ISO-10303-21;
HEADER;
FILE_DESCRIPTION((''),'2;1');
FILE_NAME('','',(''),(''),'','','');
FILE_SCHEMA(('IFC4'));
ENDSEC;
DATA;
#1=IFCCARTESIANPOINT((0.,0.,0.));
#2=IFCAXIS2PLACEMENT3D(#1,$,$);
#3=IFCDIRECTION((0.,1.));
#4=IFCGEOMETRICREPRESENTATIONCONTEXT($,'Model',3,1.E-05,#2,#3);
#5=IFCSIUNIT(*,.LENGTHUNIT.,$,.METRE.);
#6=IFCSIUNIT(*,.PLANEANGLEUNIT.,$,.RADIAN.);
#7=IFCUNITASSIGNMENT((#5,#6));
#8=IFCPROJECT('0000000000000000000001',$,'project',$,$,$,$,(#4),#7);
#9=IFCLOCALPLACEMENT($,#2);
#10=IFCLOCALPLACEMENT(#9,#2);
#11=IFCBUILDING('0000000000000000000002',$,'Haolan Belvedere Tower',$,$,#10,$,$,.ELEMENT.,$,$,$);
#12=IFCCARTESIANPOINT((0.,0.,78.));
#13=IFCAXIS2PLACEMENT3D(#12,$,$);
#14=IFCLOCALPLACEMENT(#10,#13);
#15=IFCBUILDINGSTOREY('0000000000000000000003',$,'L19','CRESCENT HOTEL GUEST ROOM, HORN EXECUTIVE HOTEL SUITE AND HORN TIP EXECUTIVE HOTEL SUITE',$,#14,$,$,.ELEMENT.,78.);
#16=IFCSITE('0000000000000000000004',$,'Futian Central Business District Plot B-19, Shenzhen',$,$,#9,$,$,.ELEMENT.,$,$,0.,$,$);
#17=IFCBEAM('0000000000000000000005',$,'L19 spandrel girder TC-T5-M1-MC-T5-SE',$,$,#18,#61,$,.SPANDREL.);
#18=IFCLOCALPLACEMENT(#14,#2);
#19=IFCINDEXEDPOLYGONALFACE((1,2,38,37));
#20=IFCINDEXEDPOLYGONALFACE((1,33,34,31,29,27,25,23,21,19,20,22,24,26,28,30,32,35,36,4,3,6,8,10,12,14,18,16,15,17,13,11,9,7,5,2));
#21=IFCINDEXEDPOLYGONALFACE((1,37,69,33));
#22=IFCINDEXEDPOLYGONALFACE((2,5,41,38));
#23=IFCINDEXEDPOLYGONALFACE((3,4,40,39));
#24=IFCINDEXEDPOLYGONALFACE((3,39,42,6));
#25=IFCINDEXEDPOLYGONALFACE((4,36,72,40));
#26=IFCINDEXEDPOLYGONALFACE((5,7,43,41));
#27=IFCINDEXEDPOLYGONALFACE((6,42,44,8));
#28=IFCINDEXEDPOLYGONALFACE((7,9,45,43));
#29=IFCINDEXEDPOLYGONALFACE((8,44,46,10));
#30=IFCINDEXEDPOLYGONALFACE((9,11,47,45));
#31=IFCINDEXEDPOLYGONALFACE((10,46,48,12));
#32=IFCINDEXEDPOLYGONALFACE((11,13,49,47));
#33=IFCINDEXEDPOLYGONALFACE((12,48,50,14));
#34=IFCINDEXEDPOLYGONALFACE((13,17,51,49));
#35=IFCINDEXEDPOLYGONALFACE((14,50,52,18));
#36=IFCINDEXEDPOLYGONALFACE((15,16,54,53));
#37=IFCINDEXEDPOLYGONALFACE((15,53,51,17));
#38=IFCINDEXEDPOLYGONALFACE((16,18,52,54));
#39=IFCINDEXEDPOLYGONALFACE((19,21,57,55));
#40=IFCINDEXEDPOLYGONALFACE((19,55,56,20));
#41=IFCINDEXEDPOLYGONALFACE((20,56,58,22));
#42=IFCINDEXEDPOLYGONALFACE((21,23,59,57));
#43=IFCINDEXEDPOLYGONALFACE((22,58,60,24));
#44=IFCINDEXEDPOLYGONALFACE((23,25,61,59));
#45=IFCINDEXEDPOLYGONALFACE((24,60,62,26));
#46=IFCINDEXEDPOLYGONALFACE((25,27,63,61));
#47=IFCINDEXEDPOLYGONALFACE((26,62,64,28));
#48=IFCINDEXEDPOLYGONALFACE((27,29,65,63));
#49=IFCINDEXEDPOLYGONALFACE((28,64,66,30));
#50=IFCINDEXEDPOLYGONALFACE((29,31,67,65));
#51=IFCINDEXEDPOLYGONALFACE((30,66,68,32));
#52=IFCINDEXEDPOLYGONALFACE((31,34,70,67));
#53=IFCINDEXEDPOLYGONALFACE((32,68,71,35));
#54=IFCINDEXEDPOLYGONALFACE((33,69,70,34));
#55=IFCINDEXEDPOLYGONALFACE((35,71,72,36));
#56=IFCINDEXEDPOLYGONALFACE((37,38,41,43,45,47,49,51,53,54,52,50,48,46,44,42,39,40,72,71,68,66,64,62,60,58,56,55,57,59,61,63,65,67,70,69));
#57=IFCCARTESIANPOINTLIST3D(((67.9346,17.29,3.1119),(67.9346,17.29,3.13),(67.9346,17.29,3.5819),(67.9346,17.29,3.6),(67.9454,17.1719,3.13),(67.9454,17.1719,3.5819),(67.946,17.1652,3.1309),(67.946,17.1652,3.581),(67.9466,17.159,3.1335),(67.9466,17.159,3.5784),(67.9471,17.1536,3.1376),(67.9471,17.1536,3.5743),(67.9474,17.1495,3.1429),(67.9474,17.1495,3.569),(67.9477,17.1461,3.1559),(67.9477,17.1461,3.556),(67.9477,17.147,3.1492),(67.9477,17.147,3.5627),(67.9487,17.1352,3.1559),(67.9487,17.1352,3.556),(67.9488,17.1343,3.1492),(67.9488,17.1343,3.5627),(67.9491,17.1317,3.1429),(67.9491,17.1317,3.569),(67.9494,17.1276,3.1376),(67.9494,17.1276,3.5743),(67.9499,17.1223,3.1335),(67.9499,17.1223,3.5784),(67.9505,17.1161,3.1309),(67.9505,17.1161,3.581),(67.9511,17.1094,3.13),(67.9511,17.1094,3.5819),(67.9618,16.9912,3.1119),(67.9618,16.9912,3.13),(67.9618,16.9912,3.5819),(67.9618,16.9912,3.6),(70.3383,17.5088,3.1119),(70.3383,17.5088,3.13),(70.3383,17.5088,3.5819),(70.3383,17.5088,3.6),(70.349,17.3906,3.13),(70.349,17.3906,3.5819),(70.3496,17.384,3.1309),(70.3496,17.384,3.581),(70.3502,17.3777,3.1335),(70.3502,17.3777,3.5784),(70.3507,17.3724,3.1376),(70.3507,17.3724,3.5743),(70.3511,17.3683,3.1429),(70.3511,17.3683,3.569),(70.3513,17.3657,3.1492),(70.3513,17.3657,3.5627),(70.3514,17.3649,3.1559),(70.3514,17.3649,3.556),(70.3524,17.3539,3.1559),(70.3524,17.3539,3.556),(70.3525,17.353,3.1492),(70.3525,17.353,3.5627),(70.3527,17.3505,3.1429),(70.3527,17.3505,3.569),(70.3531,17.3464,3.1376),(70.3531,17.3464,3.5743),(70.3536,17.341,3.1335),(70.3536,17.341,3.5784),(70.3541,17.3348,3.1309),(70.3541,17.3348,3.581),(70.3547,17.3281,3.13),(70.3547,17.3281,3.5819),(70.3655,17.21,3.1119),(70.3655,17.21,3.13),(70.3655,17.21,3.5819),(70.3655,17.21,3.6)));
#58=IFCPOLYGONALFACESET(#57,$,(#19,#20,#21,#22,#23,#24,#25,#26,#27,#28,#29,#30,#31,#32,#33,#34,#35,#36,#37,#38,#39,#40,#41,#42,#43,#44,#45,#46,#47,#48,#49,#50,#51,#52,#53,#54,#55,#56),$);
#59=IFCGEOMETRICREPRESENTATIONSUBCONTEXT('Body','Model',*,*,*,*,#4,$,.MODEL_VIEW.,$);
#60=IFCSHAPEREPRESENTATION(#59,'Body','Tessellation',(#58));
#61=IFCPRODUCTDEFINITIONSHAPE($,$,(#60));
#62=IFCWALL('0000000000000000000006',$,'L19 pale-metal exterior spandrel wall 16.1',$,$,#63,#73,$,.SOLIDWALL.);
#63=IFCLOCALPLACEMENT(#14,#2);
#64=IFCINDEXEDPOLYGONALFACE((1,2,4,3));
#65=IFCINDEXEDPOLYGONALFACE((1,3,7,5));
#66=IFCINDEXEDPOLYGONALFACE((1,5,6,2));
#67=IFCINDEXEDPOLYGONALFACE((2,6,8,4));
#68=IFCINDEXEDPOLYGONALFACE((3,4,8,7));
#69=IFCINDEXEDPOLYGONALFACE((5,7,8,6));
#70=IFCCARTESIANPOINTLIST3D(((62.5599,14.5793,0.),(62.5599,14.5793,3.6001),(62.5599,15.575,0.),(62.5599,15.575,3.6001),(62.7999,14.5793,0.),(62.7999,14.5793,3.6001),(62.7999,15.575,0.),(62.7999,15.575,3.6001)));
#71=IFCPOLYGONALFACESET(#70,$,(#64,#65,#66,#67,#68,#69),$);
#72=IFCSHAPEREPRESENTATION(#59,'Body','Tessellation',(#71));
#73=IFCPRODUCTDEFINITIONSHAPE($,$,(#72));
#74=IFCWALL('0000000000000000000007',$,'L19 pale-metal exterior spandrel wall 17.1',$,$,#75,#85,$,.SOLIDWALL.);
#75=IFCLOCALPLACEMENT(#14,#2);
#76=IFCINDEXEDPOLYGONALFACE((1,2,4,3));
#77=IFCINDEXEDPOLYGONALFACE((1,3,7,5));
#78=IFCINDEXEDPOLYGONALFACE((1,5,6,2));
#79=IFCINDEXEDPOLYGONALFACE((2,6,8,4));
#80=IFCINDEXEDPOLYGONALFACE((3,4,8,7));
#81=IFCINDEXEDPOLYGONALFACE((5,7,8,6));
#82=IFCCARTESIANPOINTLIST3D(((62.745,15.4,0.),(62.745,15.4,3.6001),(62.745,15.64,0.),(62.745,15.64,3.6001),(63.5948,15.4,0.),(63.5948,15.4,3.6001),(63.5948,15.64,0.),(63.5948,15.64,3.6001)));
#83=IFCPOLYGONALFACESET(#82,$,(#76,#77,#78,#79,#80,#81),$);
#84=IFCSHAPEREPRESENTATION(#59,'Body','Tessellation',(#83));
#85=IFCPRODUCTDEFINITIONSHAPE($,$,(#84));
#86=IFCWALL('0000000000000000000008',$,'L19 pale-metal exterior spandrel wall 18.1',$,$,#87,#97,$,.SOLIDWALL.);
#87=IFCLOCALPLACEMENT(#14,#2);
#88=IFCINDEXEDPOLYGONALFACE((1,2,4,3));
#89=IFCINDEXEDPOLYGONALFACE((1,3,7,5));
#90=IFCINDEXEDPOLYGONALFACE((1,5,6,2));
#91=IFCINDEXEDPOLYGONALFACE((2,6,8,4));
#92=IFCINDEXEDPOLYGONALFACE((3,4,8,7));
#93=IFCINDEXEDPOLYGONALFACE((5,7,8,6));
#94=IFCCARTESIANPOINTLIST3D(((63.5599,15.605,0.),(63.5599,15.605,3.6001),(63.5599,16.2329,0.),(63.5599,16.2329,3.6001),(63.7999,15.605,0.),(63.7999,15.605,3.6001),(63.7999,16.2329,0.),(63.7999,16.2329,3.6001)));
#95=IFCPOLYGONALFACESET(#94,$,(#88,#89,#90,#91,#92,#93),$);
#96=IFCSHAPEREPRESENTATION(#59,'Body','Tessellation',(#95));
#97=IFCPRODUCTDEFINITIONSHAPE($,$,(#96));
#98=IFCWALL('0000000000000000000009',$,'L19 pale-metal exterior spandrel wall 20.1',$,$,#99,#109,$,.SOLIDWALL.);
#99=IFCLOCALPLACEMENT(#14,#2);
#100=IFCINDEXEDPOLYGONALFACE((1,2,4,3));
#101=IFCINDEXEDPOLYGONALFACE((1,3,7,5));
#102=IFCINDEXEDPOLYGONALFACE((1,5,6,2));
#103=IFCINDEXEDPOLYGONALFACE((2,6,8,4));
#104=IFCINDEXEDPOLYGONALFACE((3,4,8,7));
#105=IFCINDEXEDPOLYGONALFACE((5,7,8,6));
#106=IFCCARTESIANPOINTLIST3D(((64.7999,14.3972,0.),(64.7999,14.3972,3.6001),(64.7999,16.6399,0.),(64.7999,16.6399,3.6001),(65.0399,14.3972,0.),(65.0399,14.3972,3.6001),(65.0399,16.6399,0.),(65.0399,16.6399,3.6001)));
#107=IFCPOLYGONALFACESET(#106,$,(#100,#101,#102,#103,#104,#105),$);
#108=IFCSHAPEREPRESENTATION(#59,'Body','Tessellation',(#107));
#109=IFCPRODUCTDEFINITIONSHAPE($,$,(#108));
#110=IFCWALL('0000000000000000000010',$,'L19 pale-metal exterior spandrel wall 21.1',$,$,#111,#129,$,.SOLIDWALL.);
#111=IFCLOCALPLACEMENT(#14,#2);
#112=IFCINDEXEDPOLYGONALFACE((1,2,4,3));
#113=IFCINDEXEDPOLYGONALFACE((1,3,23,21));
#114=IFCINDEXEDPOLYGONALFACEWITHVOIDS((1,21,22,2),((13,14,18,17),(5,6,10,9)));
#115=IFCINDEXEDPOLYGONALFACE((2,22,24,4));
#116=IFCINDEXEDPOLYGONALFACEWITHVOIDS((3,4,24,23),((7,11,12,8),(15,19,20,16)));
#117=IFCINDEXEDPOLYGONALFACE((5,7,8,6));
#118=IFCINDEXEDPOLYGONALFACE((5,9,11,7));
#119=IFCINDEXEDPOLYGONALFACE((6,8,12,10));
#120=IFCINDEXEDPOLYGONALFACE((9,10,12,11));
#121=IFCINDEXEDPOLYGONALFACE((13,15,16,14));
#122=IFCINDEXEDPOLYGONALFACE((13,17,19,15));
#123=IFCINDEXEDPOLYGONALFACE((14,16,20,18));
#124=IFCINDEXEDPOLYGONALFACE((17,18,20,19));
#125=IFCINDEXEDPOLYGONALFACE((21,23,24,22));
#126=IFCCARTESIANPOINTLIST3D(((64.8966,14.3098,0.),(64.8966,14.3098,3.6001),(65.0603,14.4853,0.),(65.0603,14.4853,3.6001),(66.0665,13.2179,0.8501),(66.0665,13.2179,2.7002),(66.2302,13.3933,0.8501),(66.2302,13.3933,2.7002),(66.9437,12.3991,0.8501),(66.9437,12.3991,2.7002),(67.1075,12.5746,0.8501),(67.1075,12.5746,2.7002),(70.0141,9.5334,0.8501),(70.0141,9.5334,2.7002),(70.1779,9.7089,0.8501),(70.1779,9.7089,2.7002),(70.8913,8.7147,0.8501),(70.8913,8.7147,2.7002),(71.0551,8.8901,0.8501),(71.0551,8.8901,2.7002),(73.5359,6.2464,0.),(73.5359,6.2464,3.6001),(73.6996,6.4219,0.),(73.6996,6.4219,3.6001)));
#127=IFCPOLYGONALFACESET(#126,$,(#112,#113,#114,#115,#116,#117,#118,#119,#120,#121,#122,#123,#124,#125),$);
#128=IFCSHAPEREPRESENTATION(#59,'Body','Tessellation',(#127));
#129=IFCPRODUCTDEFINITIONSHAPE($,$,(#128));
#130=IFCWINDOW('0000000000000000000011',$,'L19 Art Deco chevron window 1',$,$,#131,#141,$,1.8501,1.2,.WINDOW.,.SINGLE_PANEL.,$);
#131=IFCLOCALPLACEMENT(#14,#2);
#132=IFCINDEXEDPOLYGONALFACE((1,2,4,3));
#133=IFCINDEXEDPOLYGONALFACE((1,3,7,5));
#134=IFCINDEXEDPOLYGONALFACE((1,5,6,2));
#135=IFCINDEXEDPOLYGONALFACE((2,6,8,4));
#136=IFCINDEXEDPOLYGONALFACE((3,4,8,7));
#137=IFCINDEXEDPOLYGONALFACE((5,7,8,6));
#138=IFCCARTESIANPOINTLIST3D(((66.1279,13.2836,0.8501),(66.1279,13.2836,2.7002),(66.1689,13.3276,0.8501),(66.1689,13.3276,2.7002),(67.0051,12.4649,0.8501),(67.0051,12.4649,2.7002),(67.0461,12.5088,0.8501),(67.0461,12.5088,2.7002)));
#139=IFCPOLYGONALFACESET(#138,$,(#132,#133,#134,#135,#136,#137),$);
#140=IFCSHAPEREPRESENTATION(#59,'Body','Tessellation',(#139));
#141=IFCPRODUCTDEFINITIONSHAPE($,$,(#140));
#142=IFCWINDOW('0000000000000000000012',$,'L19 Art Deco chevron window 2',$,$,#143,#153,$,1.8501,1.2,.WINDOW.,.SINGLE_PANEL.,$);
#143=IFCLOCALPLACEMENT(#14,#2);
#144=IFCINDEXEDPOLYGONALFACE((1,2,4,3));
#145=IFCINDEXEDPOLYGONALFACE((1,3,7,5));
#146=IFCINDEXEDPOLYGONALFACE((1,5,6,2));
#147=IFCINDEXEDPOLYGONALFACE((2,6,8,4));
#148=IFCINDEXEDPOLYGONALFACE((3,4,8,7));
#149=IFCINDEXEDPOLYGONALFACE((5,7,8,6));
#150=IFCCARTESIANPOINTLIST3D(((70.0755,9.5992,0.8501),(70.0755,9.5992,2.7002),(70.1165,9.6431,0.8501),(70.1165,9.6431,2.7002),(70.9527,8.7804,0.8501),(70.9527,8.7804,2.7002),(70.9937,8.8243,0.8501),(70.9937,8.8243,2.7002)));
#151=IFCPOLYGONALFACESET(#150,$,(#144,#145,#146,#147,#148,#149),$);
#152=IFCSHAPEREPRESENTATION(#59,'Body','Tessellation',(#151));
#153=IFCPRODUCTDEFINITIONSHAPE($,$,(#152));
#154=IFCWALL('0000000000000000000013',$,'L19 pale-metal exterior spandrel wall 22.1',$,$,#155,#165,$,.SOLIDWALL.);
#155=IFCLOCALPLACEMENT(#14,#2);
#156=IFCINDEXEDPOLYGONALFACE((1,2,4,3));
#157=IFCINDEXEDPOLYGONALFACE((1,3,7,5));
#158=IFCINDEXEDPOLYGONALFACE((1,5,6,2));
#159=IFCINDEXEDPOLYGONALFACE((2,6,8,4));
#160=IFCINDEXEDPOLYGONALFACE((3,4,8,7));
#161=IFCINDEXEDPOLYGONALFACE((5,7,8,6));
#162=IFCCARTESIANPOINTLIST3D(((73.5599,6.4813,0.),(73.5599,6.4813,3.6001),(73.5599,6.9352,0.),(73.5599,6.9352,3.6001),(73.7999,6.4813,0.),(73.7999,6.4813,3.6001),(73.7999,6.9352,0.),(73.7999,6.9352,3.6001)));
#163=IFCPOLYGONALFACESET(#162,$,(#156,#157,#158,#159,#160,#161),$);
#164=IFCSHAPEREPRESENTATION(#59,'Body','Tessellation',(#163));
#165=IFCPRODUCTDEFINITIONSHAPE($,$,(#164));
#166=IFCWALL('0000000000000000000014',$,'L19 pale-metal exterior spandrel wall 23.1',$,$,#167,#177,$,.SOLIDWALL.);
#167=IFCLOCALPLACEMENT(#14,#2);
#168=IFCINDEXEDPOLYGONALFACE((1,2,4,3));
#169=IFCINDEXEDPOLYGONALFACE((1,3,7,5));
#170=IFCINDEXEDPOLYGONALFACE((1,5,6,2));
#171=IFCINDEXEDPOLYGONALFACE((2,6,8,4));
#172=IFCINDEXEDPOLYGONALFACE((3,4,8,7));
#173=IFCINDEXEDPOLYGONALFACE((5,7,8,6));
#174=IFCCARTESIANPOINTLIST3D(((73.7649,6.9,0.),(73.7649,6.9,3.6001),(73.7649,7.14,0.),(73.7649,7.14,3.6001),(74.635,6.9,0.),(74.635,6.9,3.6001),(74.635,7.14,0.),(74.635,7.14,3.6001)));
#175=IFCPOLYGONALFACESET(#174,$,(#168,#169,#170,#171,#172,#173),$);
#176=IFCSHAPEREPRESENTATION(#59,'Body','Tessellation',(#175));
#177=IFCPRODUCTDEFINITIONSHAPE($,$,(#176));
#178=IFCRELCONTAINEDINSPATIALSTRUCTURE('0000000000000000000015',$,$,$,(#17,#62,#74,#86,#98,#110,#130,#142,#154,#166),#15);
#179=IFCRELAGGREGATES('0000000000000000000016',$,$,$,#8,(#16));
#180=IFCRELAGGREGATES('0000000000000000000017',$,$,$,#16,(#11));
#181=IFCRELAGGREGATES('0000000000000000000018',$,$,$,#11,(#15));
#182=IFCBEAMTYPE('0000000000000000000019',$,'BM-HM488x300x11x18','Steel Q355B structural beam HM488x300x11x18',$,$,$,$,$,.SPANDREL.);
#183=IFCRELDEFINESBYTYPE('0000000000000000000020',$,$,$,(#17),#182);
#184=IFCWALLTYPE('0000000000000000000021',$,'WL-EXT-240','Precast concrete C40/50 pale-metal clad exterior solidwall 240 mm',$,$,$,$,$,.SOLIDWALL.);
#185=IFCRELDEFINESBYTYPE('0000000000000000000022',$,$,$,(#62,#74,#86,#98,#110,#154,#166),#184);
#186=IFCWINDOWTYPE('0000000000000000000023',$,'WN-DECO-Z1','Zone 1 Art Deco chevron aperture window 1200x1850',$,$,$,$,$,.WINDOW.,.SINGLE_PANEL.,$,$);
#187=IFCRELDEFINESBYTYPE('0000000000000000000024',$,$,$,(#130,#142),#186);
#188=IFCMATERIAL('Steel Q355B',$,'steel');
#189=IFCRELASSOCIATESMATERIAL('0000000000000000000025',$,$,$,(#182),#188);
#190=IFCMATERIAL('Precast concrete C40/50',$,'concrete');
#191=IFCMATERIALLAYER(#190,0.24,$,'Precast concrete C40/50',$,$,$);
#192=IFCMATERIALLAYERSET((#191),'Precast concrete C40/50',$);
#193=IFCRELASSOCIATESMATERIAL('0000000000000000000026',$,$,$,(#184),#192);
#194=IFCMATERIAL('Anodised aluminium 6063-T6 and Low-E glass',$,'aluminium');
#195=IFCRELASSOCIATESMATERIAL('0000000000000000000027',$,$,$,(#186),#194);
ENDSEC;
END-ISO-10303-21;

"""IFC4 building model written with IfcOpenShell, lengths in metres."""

from ifc_helpers import new_model, si_unit, direction, frame, frame_2d, origin, origin_2d, place, context, subcontext, project, spatial, rectangle, i_section, extrude, material, layer, layer_set, material_profile, profile_set, type_object, element, fill, save


model = new_model("IFC4")

# Units and contexts
model_context = context("Model", 3, precision=1e-05, world=origin(), true_north=direction((0.0, 1.0)))
body_context = subcontext(model_context, "Body", "Model", "MODEL_VIEW")
ifc_project = project(units=[si_unit("LENGTHUNIT", "METRE"), si_unit("PLANEANGLEUNIT", "RADIAN")], contexts=[model_context])

# Site, building, storey
site_placement = place(None, origin())
site = spatial("IfcSite", under=ifc_project, at=site_placement, Name="Futian Central Business District Plot B-19, Shenzhen", CompositionType="ELEMENT", RefElevation=0.0)
building_placement = place(site_placement, origin())
building = spatial("IfcBuilding", under=site, at=building_placement, Name="Haolan Belvedere Tower", CompositionType="ELEMENT")
storey_placement = place(building_placement, frame((0.0, 0.0, 78.0)))
storey = spatial("IfcBuildingStorey", under=building, at=storey_placement, Name="L19", Description="CRESCENT HOTEL GUEST ROOM, HORN EXECUTIVE HOTEL SUITE AND HORN TIP EXECUTIVE HOTEL SUITE", CompositionType="ELEMENT", Elevation=78.0)

# Shared definitions
ifc_material_1 = material(Name="Steel Q355B", Category="steel")

# Beam
ifc_material_profile_1 = material_profile(ifc_material_1, i_section(OverallWidth=0.3, OverallDepth=0.488, WebThickness=0.011, FlangeThickness=0.0181, FilletRadius=0.0259, at=origin_2d()), Name="Steel Q355B")
ifc_profile_set_1 = profile_set([ifc_material_profile_1], Name="Steel Q355B")
beam_type = type_object("IfcBeamType", Name="BM-HM488x300x11x18", Description="Steel Q355B structural beam HM488x300x11x18", PredefinedType="SPANDREL", material=ifc_profile_set_1)
for number, where, z_axis, x_axis, name in (
    (1, (67.9482, 17.1406, 3.356), (0.995884, 0.090636, 0.0), (-0.090636, 0.995884, 0.0), "L19 spandrel girder TC-T5-M1-MC-T5-SE"),
):
    element("IfcBeam", number, at=place(storey_placement, frame(where, z_axis=z_axis, x_axis=x_axis)), inside=storey, type_object=beam_type, Name=name, PredefinedType="SPANDREL", context=body_context, shape_type="SweptSolid", body=[
        extrude(i_section(OverallWidth=0.3, OverallDepth=0.488, WebThickness=0.011, FlangeThickness=0.0181, FilletRadius=0.0259, at=origin_2d()), origin(), (0.0, 0.0, 1.0), 2.4136),
    ])

# Walls
ifc_material_2 = material(Name="Precast concrete C40/50", Category="concrete")
ifc_layer_1 = layer(ifc_material_2, 0.24, Name="Precast concrete C40/50")
ifc_layer_set_1 = layer_set([ifc_layer_1], Name="Precast concrete C40/50")
wall_type_1 = type_object("IfcWallType", Name="WL-EXT-240", Description="Precast concrete C40/50 pale-metal clad exterior solidwall 240 mm", PredefinedType="SOLIDWALL", material=ifc_layer_set_1)
wall_1_placement = place(storey_placement, frame((62.6799, 14.5793, 0.0), z_axis=(0.0, 0.0, 1.0), x_axis=(0.0, 1.0, 0.0)))
element("IfcWall", 2, at=wall_1_placement, inside=storey, type_object=wall_type_1, Name="L19 pale-metal exterior spandrel wall 16.1", PredefinedType="SOLIDWALL", context=body_context, shape_type="SweptSolid", body=[
    extrude(rectangle(XDim=0.9956, YDim=0.24, at=frame_2d((0.4978, 0.0))), origin(), (0.0, 0.0, 1.0), 3.6001),
])
wall_2_placement = place(storey_placement, frame((62.7451, 15.52, 0.0), z_axis=(0.0, 0.0, 1.0), x_axis=(1.0, 0.0, 0.0)))
element("IfcWall", 3, at=wall_2_placement, inside=storey, type_object=wall_type_1, Name="L19 pale-metal exterior spandrel wall 17.1", PredefinedType="SOLIDWALL", context=body_context, shape_type="SweptSolid", body=[
    extrude(rectangle(XDim=0.8499, YDim=0.24, at=frame_2d((0.4248, 0.0))), origin(), (0.0, 0.0, 1.0), 3.6001),
])
wall_3_placement = place(storey_placement, frame((63.6799, 15.605, 0.0), z_axis=(0.0, 0.0, 1.0), x_axis=(0.0, 1.0, 0.0)))
element("IfcWall", 4, at=wall_3_placement, inside=storey, type_object=wall_type_1, Name="L19 pale-metal exterior spandrel wall 18.1", PredefinedType="SOLIDWALL", context=body_context, shape_type="SweptSolid", body=[
    extrude(rectangle(XDim=0.6279, YDim=0.24, at=frame_2d((0.314, 0.0))), origin(), (0.0, 0.0, 1.0), 3.6001),
])
wall_4_placement = place(storey_placement, frame((64.9199, 16.6399, 0.0), z_axis=(0.0, 0.0, 1.0), x_axis=(0.0, -1.0, 0.0)))
element("IfcWall", 5, at=wall_4_placement, inside=storey, type_object=wall_type_1, Name="L19 pale-metal exterior spandrel wall 20.1", PredefinedType="SOLIDWALL", context=body_context, shape_type="SweptSolid", body=[
    extrude(rectangle(XDim=2.2427, YDim=0.24, at=frame_2d((1.1213, 0.0))), origin(), (0.0, 0.0, 1.0), 3.6001),
])

# Wall, openings, windows
wall_5_placement = place(storey_placement, frame((64.9785, 14.3975, 0.0), z_axis=(0.0, 0.0, 1.0), x_axis=(0.731054, -0.68232, 0.0)))
wall_5 = element("IfcWall", 6, at=wall_5_placement, inside=storey, type_object=wall_type_1, Name="L19 pale-metal exterior spandrel wall 21.1", PredefinedType="SOLIDWALL", context=body_context, shape_type="SweptSolid", body=[
    extrude(rectangle(XDim=11.8176, YDim=0.24, at=frame_2d((5.9087, 0.0))), origin(), (0.0, 0.0, 1.0), 3.6001),
])
opening_1_placement = place(wall_5_placement, frame((1.6001, 0.0, 0.8501)))
opening_1 = element("IfcOpeningElement", 7, at=opening_1_placement, cuts=wall_5, PredefinedType="OPENING", context=body_context, shape_type="SweptSolid", body=[
    extrude(rectangle(XDim=1.2, YDim=1.8501, at=frame_2d((0.6001, 0.925))), frame((0.0, 0.1299, 0.0), z_axis=(0.0, -1.0, 0.0), x_axis=(1.0, 0.0, 0.0)), (0.0, 0.0, 1.0), 0.26),
])
opening_2_placement = place(wall_5_placement, frame((7.0, 0.0, 0.8501)))
opening_2 = element("IfcOpeningElement", 8, at=opening_2_placement, cuts=wall_5, PredefinedType="OPENING", context=body_context, shape_type="SweptSolid", body=[
    extrude(rectangle(XDim=1.2, YDim=1.8501, at=frame_2d((0.6001, 0.925))), frame((0.0, 0.1299, 0.0), z_axis=(0.0, -1.0, 0.0), x_axis=(1.0, 0.0, 0.0)), (0.0, 0.0, 1.0), 0.26),
])
ifc_material_3 = material(Name="Anodised aluminium 6063-T6 and Low-E glass", Category="aluminium")
window_type = type_object("IfcWindowType", Name="WN-DECO-Z1", Description="Zone 1 Art Deco chevron aperture window 1200x1850", PartitioningType="SINGLE_PANEL", PredefinedType="WINDOW", material=ifc_material_3)
window_1_placement = place(opening_1_placement, origin())
window_1 = element("IfcWindow", 9, at=window_1_placement, inside=storey, type_object=window_type, Name="L19 Art Deco chevron window 1", OverallHeight=1.8501, OverallWidth=1.2, PartitioningType="SINGLE_PANEL", PredefinedType="WINDOW", context=body_context, shape_type="SweptSolid", body=[
    extrude(rectangle(XDim=1.2, YDim=1.8501, at=frame_2d((0.6001, 0.925))), frame((0.0, 0.03, 0.0), z_axis=(0.0, -1.0, 0.0), x_axis=(1.0, 0.0, 0.0)), (0.0, 0.0, 1.0), 0.0601),
])
fill(opening_1, window_1)
window_2_placement = place(opening_2_placement, origin())
window_2 = element("IfcWindow", 10, at=window_2_placement, inside=storey, type_object=window_type, Name="L19 Art Deco chevron window 2", OverallHeight=1.8501, OverallWidth=1.2, PartitioningType="SINGLE_PANEL", PredefinedType="WINDOW", context=body_context, shape_type="SweptSolid", body=[
    extrude(rectangle(XDim=1.2, YDim=1.8501, at=frame_2d((0.6001, 0.925))), frame((0.0, 0.03, 0.0), z_axis=(0.0, -1.0, 0.0), x_axis=(1.0, 0.0, 0.0)), (0.0, 0.0, 1.0), 0.0601),
])
fill(opening_2, window_2)

# Walls
wall_6_placement = place(storey_placement, frame((73.6799, 6.4812, 0.0), z_axis=(0.0, 0.0, 1.0), x_axis=(0.0, 1.0, 0.0)))
element("IfcWall", 11, at=wall_6_placement, inside=storey, type_object=wall_type_1, Name="L19 pale-metal exterior spandrel wall 22.1", PredefinedType="SOLIDWALL", context=body_context, shape_type="SweptSolid", body=[
    extrude(rectangle(XDim=0.4539, YDim=0.24, at=frame_2d((0.2271, 0.0))), origin(), (0.0, 0.0, 1.0), 3.6001),
])
wall_7_placement = place(storey_placement, frame((73.7649, 7.02, 0.0), z_axis=(0.0, 0.0, 1.0), x_axis=(1.0, 0.0, 0.0)))
element("IfcWall", 12, at=wall_7_placement, inside=storey, type_object=wall_type_1, Name="L19 pale-metal exterior spandrel wall 23.1", PredefinedType="SOLIDWALL", context=body_context, shape_type="SweptSolid", body=[
    extrude(rectangle(XDim=0.8701, YDim=0.24, at=frame_2d((0.4351, 0.0))), origin(), (0.0, 0.0, 1.0), 3.6001),
])

save(model, "model.ifc")
